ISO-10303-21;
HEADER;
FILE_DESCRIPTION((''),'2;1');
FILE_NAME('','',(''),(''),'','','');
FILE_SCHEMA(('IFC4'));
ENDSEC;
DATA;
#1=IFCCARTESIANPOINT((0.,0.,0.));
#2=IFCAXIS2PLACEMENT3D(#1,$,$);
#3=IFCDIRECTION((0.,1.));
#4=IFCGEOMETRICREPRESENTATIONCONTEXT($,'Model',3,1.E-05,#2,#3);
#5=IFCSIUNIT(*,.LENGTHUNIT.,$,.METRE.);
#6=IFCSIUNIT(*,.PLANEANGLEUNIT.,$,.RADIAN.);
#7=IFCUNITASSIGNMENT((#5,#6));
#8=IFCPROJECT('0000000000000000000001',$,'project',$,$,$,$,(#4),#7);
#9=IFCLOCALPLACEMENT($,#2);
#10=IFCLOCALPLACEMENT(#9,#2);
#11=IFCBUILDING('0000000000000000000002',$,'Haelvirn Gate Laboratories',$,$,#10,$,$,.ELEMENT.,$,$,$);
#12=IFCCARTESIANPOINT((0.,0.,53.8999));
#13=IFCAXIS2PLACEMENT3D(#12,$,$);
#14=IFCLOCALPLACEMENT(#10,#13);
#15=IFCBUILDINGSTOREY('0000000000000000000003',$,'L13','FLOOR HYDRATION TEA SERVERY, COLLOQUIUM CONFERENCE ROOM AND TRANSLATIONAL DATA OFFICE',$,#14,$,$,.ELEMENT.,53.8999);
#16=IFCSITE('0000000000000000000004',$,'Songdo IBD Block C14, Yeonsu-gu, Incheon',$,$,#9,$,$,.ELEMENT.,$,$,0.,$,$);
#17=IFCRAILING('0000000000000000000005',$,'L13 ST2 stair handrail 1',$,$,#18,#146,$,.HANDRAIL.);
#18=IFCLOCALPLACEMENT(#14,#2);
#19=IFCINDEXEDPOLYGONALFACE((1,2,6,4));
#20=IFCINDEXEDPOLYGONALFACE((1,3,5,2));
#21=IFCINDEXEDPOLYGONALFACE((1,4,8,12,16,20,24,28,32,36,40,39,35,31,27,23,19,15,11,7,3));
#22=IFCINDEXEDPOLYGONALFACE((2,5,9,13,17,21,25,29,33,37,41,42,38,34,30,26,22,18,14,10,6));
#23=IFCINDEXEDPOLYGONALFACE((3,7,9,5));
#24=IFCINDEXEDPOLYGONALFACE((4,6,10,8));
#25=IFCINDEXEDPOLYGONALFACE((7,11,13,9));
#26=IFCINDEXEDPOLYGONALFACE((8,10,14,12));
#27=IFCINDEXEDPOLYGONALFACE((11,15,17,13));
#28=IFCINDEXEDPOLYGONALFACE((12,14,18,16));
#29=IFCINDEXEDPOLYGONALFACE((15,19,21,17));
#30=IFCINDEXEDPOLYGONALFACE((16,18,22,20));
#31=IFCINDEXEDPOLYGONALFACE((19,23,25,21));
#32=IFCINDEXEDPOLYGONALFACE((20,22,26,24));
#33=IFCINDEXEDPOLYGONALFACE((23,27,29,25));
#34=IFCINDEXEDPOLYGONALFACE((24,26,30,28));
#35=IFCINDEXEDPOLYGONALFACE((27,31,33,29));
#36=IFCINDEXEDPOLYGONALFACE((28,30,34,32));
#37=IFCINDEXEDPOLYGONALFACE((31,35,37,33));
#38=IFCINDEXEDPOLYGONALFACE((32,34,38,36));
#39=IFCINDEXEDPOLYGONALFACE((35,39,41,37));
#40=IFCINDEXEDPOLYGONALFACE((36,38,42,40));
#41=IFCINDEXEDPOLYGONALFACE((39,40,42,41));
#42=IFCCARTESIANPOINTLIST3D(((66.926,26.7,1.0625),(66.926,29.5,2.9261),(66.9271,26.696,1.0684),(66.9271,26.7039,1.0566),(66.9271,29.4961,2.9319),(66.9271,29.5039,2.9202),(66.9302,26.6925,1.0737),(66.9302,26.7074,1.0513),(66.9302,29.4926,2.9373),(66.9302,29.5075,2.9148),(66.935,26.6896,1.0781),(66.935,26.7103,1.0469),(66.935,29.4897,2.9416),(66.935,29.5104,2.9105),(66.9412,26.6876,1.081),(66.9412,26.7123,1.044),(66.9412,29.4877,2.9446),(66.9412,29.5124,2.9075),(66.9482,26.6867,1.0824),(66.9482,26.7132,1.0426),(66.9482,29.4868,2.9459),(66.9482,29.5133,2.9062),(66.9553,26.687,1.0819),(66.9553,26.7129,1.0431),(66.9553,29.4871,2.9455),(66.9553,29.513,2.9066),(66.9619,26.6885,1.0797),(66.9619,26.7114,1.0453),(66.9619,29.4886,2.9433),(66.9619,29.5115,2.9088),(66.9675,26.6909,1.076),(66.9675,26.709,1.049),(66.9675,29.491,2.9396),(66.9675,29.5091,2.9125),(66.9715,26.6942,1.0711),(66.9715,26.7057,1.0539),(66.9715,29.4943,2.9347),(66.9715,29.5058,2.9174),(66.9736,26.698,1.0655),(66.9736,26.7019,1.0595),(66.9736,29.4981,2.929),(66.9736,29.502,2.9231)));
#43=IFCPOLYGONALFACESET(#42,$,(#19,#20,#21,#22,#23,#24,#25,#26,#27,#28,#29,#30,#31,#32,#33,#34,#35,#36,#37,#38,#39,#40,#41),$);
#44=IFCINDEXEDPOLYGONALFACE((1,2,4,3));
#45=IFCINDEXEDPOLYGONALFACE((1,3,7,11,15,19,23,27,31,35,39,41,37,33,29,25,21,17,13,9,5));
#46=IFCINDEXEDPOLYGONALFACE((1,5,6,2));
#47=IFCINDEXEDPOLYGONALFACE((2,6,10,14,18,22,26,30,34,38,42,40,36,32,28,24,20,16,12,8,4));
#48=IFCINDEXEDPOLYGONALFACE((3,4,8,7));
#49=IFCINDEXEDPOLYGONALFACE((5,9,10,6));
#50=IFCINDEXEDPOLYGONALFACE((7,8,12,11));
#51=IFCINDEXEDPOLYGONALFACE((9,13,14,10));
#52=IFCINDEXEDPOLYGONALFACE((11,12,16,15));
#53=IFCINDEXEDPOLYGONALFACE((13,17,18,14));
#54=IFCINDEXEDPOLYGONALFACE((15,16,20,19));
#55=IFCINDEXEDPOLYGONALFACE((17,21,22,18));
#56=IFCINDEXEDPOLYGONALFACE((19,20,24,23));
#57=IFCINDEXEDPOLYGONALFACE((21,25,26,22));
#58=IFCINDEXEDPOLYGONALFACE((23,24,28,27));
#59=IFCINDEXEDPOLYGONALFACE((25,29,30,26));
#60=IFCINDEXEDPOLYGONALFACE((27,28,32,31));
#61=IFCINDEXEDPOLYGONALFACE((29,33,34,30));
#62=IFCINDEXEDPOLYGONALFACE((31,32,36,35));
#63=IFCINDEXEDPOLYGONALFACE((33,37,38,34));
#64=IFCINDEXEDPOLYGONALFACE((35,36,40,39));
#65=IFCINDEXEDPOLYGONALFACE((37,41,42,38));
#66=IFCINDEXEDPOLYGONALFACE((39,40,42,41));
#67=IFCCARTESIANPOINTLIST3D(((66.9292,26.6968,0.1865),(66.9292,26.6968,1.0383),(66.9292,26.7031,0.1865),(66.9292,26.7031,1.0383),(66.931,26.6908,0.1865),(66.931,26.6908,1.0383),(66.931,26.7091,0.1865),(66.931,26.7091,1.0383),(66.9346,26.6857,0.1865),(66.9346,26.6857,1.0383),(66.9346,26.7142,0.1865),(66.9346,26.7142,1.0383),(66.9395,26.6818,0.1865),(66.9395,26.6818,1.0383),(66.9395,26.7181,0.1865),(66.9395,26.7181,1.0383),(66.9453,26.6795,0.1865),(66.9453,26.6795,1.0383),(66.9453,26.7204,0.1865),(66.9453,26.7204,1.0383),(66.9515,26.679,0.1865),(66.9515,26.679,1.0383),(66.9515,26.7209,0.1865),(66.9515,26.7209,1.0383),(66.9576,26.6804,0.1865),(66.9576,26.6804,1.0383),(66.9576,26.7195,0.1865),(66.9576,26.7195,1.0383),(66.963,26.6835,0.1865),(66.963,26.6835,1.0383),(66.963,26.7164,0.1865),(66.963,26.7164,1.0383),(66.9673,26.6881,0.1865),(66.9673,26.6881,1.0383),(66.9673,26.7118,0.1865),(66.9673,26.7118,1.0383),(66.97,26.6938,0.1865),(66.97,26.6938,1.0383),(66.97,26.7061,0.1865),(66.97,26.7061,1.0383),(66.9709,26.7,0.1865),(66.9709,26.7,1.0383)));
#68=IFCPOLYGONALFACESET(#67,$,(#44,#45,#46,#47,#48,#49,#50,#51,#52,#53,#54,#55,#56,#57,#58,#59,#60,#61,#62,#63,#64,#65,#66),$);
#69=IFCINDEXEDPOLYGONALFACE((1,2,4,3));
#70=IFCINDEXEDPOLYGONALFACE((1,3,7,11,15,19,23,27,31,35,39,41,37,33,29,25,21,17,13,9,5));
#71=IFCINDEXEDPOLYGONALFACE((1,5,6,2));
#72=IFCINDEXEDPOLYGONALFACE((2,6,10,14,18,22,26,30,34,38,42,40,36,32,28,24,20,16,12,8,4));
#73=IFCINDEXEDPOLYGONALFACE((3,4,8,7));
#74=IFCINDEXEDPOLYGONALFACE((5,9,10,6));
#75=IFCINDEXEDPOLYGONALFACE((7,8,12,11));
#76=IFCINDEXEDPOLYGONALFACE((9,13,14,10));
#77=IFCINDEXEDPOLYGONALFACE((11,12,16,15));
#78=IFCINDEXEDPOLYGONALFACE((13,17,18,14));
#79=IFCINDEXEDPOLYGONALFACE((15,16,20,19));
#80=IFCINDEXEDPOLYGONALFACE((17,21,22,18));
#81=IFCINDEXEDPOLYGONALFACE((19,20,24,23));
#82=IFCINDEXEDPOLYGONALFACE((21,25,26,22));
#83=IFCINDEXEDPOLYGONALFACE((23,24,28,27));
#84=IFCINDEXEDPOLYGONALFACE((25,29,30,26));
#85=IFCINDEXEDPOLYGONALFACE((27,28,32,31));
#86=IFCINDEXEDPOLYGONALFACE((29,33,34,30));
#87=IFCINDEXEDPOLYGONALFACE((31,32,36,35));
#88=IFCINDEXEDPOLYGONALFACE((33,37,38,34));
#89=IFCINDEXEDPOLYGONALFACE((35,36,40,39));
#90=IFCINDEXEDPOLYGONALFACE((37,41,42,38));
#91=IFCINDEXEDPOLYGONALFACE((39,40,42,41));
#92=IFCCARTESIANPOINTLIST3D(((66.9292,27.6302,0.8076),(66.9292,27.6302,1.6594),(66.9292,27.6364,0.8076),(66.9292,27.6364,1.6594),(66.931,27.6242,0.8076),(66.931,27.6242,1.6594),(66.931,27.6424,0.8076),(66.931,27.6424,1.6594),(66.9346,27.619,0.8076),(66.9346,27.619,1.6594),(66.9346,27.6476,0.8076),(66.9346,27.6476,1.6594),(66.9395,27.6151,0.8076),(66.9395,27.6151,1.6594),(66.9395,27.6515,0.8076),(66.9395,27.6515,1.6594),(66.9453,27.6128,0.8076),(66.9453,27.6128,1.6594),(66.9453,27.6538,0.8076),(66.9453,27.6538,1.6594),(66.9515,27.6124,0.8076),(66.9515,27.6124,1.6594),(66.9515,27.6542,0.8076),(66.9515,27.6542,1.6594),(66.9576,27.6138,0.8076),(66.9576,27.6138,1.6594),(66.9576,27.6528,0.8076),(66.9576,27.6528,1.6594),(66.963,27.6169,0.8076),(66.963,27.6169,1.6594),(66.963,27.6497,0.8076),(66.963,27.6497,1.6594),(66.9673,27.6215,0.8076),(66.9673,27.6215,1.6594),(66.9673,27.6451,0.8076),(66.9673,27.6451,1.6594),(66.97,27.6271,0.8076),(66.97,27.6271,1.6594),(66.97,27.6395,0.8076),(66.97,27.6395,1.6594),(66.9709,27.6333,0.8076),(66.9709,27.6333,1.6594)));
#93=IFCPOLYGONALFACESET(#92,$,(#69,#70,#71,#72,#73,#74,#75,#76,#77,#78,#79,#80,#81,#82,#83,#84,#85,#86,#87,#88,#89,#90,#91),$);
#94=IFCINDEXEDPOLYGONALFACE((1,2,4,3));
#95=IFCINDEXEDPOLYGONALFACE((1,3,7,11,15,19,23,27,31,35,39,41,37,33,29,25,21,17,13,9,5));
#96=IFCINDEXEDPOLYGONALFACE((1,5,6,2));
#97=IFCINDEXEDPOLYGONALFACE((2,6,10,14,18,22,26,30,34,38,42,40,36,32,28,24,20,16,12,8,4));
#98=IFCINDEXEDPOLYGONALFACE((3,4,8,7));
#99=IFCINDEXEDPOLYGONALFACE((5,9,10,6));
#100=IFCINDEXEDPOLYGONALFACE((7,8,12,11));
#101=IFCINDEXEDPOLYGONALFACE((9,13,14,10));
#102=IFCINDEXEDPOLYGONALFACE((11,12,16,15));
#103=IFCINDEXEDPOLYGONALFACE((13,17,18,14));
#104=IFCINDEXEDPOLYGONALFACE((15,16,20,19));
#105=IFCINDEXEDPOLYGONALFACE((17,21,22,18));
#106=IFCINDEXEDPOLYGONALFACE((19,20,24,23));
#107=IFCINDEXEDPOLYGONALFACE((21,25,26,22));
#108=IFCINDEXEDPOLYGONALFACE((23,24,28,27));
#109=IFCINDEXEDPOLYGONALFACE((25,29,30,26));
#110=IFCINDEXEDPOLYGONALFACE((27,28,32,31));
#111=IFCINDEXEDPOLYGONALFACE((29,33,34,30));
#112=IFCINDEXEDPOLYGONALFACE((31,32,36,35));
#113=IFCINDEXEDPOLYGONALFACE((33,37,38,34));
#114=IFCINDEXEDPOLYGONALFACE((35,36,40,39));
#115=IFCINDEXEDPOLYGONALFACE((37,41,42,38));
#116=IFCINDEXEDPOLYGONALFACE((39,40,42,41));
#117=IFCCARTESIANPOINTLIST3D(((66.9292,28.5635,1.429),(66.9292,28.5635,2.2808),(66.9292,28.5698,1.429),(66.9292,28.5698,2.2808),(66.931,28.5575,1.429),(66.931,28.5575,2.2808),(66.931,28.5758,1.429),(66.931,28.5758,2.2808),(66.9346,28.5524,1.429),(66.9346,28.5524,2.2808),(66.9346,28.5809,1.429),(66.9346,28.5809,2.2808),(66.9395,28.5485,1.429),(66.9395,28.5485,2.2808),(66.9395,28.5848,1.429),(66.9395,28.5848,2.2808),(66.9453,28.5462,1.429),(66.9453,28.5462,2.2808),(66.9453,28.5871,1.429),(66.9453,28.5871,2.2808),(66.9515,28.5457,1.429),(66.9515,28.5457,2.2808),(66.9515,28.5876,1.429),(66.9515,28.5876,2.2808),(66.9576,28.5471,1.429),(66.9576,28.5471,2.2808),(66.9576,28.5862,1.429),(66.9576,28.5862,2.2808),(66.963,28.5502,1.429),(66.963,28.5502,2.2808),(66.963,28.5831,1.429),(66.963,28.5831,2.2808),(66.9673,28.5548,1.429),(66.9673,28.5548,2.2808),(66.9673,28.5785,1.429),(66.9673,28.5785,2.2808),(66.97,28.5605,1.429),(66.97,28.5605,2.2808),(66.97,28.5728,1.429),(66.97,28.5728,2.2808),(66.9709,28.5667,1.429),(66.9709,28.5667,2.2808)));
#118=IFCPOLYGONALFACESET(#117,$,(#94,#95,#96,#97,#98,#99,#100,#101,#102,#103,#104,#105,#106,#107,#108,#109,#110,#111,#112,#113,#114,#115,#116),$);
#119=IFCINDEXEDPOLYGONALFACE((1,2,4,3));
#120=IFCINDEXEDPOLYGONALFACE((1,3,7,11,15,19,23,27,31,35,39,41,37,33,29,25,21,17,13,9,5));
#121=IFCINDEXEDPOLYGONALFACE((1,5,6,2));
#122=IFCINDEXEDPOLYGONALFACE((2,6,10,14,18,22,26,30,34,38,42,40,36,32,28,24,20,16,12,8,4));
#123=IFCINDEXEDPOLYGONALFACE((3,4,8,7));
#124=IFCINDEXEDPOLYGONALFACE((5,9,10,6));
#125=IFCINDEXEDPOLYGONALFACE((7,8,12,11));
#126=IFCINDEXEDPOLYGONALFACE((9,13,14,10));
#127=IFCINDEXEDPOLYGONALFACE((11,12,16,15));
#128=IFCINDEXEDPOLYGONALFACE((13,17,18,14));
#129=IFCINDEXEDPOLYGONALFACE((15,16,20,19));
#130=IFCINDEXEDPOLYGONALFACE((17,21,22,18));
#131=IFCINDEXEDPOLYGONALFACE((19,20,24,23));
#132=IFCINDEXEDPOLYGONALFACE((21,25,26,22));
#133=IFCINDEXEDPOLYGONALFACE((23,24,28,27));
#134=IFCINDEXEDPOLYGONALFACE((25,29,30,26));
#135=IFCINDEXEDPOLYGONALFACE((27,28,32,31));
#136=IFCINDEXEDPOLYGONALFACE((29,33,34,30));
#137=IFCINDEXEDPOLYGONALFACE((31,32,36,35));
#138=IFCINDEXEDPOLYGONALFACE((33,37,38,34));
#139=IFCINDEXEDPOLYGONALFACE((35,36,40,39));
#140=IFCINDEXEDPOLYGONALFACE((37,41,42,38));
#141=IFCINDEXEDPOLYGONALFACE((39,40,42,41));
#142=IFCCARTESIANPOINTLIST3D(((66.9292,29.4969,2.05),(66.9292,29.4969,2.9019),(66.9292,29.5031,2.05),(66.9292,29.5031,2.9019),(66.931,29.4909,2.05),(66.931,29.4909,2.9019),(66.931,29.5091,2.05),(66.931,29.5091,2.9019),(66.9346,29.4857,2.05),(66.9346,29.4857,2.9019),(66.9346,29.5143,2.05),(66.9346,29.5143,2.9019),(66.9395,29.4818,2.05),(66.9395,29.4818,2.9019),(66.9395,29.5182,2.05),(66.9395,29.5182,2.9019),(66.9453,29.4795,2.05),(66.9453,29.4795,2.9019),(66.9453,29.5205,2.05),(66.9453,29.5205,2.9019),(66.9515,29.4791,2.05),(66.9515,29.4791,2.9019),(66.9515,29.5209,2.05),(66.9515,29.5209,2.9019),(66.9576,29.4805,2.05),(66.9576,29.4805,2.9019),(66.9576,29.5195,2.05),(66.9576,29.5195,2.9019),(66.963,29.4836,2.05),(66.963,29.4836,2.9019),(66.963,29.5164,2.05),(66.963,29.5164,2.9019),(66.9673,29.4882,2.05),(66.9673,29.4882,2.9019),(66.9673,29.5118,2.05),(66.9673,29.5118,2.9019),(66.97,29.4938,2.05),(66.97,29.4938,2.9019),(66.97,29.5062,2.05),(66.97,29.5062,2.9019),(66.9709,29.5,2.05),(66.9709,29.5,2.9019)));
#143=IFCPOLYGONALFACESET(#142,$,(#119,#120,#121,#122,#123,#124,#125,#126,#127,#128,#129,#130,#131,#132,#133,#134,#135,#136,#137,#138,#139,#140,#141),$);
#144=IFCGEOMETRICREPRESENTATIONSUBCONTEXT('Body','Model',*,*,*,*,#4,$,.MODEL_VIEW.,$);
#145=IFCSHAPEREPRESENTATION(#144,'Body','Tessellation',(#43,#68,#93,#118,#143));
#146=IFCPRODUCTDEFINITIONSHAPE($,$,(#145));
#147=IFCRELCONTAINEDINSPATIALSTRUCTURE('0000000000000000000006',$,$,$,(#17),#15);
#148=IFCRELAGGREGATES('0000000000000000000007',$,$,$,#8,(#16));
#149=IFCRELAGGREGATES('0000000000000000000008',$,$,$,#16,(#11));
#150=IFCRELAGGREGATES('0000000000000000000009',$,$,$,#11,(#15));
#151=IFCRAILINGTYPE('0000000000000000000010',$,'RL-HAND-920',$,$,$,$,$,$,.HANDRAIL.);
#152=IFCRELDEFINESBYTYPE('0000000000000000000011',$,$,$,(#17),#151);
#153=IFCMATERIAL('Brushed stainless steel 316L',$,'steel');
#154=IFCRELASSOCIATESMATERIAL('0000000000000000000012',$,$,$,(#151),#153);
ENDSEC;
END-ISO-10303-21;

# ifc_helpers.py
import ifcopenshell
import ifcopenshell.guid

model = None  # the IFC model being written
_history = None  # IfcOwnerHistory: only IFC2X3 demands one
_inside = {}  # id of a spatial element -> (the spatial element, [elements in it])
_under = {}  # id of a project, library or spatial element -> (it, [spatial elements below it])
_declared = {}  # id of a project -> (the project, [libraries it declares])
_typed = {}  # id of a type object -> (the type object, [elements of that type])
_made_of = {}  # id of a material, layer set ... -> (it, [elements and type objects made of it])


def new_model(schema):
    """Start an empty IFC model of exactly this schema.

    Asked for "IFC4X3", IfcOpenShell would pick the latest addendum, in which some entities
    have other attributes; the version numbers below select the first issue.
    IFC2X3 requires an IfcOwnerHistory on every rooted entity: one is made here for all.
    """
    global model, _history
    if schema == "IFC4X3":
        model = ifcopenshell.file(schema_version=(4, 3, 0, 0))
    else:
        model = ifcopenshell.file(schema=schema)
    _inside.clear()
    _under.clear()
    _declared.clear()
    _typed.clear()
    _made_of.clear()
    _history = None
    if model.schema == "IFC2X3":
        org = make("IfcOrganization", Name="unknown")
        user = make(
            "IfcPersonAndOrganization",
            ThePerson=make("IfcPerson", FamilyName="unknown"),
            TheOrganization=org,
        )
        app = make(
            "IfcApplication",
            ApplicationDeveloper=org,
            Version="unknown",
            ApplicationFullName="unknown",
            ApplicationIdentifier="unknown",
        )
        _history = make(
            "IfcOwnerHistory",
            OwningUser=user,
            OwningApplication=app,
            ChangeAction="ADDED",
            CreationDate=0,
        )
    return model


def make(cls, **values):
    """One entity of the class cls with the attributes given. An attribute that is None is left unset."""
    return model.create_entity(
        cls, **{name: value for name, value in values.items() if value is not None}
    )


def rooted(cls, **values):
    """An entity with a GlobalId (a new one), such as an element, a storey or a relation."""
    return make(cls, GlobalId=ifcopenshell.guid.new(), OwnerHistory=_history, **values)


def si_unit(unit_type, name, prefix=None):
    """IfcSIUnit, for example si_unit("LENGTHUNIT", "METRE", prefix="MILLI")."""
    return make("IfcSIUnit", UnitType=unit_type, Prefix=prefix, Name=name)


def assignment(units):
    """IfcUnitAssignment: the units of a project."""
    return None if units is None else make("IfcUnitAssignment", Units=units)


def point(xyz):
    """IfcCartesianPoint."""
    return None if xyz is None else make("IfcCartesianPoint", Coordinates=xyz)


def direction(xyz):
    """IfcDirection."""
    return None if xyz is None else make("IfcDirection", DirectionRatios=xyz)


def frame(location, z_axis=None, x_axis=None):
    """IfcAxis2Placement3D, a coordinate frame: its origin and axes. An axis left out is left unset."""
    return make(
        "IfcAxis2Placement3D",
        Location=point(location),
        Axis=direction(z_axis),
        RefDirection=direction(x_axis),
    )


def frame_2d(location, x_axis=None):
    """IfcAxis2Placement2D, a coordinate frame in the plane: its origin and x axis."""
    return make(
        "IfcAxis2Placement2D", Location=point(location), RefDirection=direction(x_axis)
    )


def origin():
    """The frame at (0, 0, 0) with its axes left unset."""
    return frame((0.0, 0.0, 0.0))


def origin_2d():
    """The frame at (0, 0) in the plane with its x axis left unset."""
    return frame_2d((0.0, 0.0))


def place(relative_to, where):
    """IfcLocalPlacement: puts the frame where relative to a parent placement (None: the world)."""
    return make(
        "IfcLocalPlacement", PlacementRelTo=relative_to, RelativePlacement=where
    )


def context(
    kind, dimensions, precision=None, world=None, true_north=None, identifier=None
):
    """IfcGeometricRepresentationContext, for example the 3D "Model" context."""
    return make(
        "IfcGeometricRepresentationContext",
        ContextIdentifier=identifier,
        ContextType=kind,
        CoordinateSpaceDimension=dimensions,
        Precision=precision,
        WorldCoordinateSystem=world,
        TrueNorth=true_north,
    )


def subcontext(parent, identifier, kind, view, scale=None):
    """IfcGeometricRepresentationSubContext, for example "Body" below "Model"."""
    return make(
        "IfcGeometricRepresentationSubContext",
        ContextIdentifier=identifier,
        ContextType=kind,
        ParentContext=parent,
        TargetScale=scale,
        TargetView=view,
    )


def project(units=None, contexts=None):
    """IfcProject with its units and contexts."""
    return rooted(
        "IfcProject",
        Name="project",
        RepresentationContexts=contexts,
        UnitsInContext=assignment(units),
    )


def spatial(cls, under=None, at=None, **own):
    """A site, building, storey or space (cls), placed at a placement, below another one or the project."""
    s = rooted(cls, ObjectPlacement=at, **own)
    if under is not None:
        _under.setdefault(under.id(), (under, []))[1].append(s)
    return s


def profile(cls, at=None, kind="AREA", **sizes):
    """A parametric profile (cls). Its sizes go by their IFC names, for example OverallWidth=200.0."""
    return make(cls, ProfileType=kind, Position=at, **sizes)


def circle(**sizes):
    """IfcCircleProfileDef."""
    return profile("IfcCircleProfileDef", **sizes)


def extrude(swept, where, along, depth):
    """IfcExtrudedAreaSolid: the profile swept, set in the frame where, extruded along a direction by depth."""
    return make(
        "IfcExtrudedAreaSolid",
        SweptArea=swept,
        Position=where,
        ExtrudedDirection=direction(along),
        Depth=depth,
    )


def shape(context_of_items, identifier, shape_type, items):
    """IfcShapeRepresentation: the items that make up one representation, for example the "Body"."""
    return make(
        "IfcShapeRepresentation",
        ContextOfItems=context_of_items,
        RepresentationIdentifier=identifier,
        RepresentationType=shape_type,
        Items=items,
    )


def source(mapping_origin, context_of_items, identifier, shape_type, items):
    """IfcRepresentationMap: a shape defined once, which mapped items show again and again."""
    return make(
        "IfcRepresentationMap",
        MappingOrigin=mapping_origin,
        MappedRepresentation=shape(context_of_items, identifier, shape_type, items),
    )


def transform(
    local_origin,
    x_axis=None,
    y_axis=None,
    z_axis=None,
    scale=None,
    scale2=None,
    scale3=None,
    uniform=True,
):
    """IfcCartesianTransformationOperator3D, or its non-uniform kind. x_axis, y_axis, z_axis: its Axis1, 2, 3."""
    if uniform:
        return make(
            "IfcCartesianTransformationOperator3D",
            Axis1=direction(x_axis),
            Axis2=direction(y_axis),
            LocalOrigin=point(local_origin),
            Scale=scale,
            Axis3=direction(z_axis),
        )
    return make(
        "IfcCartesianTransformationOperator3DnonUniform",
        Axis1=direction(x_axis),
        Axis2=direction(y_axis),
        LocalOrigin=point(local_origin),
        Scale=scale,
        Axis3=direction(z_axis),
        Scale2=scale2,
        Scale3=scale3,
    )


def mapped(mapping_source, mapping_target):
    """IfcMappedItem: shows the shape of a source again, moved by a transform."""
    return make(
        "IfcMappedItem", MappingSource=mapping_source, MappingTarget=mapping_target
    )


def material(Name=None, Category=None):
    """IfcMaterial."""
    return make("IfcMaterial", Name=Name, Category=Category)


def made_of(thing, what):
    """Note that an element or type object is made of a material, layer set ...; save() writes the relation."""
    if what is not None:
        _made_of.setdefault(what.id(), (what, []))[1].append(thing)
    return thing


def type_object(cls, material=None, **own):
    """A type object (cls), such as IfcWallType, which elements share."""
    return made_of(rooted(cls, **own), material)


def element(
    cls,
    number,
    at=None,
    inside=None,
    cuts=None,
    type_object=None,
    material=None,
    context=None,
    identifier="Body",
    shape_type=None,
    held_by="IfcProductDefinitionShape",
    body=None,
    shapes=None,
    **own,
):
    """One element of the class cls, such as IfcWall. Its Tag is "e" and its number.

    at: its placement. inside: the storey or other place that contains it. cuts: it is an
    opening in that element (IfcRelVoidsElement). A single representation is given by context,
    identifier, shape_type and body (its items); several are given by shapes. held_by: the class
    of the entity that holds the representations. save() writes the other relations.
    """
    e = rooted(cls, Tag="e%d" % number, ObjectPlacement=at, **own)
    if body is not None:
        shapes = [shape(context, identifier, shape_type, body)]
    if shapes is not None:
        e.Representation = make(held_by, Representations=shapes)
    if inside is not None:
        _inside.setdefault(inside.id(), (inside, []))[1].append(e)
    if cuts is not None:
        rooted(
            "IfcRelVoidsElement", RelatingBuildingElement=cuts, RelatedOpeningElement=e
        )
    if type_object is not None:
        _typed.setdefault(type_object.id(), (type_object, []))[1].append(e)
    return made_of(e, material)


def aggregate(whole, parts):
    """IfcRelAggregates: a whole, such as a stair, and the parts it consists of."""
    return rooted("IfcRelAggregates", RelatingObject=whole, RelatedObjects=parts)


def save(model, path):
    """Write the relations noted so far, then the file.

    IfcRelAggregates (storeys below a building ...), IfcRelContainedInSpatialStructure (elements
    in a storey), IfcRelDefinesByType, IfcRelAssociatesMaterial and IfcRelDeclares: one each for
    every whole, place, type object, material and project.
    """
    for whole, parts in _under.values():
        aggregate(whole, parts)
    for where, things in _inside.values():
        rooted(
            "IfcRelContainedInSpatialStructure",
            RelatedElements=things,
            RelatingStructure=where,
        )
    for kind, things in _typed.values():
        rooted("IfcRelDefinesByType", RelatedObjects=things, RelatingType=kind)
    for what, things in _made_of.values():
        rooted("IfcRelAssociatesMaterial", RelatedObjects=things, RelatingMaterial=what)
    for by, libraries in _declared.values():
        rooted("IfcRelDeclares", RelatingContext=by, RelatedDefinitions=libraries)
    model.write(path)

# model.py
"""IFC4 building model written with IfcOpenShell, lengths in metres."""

from ifc_helpers import new_model, si_unit, direction, frame, origin, origin_2d, place, context, subcontext, project, spatial, circle, extrude, source, transform, mapped, material, type_object, element, save


model = new_model("IFC4")

# Units and contexts
model_context = context("Model", 3, precision=1e-05, world=origin(), true_north=direction((0.0, 1.0)))
body_context = subcontext(model_context, "Body", "Model", "MODEL_VIEW")
ifc_project = project(units=[si_unit("LENGTHUNIT", "METRE"), si_unit("PLANEANGLEUNIT", "RADIAN")], contexts=[model_context])

# Site, building, storey
site_placement = place(None, origin())
site = spatial("IfcSite", under=ifc_project, at=site_placement, Name="Songdo IBD Block C14, Yeonsu-gu, Incheon", CompositionType="ELEMENT", RefElevation=0.0)
building_placement = place(site_placement, origin())
building = spatial("IfcBuilding", under=site, at=building_placement, Name="Haelvirn Gate Laboratories", CompositionType="ELEMENT")
storey_placement = place(building_placement, frame((0.0, 0.0, 53.8999)))
storey = spatial("IfcBuildingStorey", under=building, at=storey_placement, Name="L13", Description="FLOOR HYDRATION TEA SERVERY, COLLOQUIUM CONFERENCE ROOM AND TRANSLATIONAL DATA OFFICE", CompositionType="ELEMENT", Elevation=53.8999)

# Railing
ifc_material_1 = material(Name="Brushed stainless steel 316L", Category="steel")
railing_type_1 = type_object("IfcRailingType", Name="RL-HAND-920", PredefinedType="HANDRAIL", material=ifc_material_1)
shared_shape_1 = source(origin(), body_context, "Body", "SweptSolid", [
    extrude(circle(Radius=0.0239, at=origin_2d()), frame((0.0, 0.0, 0.876), z_axis=(0.0, 0.832486, 0.554047), x_axis=(-1.0, 0.0, 0.0)), (0.0, 0.0, 1.0), 3.3635),
    extrude(circle(Radius=0.021, at=origin_2d()), origin(), (0.0, 0.0, 1.0), 0.8518),
    extrude(circle(Radius=0.021, at=origin_2d()), frame((0.0, 0.9333, 0.6211)), (0.0, 0.0, 1.0), 0.8518),
    extrude(circle(Radius=0.021, at=origin_2d()), frame((0.0, 1.8667, 1.2424)), (0.0, 0.0, 1.0), 0.8518),
    extrude(circle(Radius=0.021, at=origin_2d()), frame((0.0, 2.8, 1.8635)), (0.0, 0.0, 1.0), 0.8518),
])
railing_1_placement = place(storey_placement, frame((66.95, 26.7, 0.1865)))
element("IfcRailing", 1, at=railing_1_placement, inside=storey, type_object=railing_type_1, Name="L13 ST2 stair handrail 1", PredefinedType="HANDRAIL", context=body_context, shape_type="MappedRepresentation", body=[
    mapped(shared_shape_1, transform((0.0, 0.0, 0.0), scale=1.0)),
])

save(model, "model.ifc")
